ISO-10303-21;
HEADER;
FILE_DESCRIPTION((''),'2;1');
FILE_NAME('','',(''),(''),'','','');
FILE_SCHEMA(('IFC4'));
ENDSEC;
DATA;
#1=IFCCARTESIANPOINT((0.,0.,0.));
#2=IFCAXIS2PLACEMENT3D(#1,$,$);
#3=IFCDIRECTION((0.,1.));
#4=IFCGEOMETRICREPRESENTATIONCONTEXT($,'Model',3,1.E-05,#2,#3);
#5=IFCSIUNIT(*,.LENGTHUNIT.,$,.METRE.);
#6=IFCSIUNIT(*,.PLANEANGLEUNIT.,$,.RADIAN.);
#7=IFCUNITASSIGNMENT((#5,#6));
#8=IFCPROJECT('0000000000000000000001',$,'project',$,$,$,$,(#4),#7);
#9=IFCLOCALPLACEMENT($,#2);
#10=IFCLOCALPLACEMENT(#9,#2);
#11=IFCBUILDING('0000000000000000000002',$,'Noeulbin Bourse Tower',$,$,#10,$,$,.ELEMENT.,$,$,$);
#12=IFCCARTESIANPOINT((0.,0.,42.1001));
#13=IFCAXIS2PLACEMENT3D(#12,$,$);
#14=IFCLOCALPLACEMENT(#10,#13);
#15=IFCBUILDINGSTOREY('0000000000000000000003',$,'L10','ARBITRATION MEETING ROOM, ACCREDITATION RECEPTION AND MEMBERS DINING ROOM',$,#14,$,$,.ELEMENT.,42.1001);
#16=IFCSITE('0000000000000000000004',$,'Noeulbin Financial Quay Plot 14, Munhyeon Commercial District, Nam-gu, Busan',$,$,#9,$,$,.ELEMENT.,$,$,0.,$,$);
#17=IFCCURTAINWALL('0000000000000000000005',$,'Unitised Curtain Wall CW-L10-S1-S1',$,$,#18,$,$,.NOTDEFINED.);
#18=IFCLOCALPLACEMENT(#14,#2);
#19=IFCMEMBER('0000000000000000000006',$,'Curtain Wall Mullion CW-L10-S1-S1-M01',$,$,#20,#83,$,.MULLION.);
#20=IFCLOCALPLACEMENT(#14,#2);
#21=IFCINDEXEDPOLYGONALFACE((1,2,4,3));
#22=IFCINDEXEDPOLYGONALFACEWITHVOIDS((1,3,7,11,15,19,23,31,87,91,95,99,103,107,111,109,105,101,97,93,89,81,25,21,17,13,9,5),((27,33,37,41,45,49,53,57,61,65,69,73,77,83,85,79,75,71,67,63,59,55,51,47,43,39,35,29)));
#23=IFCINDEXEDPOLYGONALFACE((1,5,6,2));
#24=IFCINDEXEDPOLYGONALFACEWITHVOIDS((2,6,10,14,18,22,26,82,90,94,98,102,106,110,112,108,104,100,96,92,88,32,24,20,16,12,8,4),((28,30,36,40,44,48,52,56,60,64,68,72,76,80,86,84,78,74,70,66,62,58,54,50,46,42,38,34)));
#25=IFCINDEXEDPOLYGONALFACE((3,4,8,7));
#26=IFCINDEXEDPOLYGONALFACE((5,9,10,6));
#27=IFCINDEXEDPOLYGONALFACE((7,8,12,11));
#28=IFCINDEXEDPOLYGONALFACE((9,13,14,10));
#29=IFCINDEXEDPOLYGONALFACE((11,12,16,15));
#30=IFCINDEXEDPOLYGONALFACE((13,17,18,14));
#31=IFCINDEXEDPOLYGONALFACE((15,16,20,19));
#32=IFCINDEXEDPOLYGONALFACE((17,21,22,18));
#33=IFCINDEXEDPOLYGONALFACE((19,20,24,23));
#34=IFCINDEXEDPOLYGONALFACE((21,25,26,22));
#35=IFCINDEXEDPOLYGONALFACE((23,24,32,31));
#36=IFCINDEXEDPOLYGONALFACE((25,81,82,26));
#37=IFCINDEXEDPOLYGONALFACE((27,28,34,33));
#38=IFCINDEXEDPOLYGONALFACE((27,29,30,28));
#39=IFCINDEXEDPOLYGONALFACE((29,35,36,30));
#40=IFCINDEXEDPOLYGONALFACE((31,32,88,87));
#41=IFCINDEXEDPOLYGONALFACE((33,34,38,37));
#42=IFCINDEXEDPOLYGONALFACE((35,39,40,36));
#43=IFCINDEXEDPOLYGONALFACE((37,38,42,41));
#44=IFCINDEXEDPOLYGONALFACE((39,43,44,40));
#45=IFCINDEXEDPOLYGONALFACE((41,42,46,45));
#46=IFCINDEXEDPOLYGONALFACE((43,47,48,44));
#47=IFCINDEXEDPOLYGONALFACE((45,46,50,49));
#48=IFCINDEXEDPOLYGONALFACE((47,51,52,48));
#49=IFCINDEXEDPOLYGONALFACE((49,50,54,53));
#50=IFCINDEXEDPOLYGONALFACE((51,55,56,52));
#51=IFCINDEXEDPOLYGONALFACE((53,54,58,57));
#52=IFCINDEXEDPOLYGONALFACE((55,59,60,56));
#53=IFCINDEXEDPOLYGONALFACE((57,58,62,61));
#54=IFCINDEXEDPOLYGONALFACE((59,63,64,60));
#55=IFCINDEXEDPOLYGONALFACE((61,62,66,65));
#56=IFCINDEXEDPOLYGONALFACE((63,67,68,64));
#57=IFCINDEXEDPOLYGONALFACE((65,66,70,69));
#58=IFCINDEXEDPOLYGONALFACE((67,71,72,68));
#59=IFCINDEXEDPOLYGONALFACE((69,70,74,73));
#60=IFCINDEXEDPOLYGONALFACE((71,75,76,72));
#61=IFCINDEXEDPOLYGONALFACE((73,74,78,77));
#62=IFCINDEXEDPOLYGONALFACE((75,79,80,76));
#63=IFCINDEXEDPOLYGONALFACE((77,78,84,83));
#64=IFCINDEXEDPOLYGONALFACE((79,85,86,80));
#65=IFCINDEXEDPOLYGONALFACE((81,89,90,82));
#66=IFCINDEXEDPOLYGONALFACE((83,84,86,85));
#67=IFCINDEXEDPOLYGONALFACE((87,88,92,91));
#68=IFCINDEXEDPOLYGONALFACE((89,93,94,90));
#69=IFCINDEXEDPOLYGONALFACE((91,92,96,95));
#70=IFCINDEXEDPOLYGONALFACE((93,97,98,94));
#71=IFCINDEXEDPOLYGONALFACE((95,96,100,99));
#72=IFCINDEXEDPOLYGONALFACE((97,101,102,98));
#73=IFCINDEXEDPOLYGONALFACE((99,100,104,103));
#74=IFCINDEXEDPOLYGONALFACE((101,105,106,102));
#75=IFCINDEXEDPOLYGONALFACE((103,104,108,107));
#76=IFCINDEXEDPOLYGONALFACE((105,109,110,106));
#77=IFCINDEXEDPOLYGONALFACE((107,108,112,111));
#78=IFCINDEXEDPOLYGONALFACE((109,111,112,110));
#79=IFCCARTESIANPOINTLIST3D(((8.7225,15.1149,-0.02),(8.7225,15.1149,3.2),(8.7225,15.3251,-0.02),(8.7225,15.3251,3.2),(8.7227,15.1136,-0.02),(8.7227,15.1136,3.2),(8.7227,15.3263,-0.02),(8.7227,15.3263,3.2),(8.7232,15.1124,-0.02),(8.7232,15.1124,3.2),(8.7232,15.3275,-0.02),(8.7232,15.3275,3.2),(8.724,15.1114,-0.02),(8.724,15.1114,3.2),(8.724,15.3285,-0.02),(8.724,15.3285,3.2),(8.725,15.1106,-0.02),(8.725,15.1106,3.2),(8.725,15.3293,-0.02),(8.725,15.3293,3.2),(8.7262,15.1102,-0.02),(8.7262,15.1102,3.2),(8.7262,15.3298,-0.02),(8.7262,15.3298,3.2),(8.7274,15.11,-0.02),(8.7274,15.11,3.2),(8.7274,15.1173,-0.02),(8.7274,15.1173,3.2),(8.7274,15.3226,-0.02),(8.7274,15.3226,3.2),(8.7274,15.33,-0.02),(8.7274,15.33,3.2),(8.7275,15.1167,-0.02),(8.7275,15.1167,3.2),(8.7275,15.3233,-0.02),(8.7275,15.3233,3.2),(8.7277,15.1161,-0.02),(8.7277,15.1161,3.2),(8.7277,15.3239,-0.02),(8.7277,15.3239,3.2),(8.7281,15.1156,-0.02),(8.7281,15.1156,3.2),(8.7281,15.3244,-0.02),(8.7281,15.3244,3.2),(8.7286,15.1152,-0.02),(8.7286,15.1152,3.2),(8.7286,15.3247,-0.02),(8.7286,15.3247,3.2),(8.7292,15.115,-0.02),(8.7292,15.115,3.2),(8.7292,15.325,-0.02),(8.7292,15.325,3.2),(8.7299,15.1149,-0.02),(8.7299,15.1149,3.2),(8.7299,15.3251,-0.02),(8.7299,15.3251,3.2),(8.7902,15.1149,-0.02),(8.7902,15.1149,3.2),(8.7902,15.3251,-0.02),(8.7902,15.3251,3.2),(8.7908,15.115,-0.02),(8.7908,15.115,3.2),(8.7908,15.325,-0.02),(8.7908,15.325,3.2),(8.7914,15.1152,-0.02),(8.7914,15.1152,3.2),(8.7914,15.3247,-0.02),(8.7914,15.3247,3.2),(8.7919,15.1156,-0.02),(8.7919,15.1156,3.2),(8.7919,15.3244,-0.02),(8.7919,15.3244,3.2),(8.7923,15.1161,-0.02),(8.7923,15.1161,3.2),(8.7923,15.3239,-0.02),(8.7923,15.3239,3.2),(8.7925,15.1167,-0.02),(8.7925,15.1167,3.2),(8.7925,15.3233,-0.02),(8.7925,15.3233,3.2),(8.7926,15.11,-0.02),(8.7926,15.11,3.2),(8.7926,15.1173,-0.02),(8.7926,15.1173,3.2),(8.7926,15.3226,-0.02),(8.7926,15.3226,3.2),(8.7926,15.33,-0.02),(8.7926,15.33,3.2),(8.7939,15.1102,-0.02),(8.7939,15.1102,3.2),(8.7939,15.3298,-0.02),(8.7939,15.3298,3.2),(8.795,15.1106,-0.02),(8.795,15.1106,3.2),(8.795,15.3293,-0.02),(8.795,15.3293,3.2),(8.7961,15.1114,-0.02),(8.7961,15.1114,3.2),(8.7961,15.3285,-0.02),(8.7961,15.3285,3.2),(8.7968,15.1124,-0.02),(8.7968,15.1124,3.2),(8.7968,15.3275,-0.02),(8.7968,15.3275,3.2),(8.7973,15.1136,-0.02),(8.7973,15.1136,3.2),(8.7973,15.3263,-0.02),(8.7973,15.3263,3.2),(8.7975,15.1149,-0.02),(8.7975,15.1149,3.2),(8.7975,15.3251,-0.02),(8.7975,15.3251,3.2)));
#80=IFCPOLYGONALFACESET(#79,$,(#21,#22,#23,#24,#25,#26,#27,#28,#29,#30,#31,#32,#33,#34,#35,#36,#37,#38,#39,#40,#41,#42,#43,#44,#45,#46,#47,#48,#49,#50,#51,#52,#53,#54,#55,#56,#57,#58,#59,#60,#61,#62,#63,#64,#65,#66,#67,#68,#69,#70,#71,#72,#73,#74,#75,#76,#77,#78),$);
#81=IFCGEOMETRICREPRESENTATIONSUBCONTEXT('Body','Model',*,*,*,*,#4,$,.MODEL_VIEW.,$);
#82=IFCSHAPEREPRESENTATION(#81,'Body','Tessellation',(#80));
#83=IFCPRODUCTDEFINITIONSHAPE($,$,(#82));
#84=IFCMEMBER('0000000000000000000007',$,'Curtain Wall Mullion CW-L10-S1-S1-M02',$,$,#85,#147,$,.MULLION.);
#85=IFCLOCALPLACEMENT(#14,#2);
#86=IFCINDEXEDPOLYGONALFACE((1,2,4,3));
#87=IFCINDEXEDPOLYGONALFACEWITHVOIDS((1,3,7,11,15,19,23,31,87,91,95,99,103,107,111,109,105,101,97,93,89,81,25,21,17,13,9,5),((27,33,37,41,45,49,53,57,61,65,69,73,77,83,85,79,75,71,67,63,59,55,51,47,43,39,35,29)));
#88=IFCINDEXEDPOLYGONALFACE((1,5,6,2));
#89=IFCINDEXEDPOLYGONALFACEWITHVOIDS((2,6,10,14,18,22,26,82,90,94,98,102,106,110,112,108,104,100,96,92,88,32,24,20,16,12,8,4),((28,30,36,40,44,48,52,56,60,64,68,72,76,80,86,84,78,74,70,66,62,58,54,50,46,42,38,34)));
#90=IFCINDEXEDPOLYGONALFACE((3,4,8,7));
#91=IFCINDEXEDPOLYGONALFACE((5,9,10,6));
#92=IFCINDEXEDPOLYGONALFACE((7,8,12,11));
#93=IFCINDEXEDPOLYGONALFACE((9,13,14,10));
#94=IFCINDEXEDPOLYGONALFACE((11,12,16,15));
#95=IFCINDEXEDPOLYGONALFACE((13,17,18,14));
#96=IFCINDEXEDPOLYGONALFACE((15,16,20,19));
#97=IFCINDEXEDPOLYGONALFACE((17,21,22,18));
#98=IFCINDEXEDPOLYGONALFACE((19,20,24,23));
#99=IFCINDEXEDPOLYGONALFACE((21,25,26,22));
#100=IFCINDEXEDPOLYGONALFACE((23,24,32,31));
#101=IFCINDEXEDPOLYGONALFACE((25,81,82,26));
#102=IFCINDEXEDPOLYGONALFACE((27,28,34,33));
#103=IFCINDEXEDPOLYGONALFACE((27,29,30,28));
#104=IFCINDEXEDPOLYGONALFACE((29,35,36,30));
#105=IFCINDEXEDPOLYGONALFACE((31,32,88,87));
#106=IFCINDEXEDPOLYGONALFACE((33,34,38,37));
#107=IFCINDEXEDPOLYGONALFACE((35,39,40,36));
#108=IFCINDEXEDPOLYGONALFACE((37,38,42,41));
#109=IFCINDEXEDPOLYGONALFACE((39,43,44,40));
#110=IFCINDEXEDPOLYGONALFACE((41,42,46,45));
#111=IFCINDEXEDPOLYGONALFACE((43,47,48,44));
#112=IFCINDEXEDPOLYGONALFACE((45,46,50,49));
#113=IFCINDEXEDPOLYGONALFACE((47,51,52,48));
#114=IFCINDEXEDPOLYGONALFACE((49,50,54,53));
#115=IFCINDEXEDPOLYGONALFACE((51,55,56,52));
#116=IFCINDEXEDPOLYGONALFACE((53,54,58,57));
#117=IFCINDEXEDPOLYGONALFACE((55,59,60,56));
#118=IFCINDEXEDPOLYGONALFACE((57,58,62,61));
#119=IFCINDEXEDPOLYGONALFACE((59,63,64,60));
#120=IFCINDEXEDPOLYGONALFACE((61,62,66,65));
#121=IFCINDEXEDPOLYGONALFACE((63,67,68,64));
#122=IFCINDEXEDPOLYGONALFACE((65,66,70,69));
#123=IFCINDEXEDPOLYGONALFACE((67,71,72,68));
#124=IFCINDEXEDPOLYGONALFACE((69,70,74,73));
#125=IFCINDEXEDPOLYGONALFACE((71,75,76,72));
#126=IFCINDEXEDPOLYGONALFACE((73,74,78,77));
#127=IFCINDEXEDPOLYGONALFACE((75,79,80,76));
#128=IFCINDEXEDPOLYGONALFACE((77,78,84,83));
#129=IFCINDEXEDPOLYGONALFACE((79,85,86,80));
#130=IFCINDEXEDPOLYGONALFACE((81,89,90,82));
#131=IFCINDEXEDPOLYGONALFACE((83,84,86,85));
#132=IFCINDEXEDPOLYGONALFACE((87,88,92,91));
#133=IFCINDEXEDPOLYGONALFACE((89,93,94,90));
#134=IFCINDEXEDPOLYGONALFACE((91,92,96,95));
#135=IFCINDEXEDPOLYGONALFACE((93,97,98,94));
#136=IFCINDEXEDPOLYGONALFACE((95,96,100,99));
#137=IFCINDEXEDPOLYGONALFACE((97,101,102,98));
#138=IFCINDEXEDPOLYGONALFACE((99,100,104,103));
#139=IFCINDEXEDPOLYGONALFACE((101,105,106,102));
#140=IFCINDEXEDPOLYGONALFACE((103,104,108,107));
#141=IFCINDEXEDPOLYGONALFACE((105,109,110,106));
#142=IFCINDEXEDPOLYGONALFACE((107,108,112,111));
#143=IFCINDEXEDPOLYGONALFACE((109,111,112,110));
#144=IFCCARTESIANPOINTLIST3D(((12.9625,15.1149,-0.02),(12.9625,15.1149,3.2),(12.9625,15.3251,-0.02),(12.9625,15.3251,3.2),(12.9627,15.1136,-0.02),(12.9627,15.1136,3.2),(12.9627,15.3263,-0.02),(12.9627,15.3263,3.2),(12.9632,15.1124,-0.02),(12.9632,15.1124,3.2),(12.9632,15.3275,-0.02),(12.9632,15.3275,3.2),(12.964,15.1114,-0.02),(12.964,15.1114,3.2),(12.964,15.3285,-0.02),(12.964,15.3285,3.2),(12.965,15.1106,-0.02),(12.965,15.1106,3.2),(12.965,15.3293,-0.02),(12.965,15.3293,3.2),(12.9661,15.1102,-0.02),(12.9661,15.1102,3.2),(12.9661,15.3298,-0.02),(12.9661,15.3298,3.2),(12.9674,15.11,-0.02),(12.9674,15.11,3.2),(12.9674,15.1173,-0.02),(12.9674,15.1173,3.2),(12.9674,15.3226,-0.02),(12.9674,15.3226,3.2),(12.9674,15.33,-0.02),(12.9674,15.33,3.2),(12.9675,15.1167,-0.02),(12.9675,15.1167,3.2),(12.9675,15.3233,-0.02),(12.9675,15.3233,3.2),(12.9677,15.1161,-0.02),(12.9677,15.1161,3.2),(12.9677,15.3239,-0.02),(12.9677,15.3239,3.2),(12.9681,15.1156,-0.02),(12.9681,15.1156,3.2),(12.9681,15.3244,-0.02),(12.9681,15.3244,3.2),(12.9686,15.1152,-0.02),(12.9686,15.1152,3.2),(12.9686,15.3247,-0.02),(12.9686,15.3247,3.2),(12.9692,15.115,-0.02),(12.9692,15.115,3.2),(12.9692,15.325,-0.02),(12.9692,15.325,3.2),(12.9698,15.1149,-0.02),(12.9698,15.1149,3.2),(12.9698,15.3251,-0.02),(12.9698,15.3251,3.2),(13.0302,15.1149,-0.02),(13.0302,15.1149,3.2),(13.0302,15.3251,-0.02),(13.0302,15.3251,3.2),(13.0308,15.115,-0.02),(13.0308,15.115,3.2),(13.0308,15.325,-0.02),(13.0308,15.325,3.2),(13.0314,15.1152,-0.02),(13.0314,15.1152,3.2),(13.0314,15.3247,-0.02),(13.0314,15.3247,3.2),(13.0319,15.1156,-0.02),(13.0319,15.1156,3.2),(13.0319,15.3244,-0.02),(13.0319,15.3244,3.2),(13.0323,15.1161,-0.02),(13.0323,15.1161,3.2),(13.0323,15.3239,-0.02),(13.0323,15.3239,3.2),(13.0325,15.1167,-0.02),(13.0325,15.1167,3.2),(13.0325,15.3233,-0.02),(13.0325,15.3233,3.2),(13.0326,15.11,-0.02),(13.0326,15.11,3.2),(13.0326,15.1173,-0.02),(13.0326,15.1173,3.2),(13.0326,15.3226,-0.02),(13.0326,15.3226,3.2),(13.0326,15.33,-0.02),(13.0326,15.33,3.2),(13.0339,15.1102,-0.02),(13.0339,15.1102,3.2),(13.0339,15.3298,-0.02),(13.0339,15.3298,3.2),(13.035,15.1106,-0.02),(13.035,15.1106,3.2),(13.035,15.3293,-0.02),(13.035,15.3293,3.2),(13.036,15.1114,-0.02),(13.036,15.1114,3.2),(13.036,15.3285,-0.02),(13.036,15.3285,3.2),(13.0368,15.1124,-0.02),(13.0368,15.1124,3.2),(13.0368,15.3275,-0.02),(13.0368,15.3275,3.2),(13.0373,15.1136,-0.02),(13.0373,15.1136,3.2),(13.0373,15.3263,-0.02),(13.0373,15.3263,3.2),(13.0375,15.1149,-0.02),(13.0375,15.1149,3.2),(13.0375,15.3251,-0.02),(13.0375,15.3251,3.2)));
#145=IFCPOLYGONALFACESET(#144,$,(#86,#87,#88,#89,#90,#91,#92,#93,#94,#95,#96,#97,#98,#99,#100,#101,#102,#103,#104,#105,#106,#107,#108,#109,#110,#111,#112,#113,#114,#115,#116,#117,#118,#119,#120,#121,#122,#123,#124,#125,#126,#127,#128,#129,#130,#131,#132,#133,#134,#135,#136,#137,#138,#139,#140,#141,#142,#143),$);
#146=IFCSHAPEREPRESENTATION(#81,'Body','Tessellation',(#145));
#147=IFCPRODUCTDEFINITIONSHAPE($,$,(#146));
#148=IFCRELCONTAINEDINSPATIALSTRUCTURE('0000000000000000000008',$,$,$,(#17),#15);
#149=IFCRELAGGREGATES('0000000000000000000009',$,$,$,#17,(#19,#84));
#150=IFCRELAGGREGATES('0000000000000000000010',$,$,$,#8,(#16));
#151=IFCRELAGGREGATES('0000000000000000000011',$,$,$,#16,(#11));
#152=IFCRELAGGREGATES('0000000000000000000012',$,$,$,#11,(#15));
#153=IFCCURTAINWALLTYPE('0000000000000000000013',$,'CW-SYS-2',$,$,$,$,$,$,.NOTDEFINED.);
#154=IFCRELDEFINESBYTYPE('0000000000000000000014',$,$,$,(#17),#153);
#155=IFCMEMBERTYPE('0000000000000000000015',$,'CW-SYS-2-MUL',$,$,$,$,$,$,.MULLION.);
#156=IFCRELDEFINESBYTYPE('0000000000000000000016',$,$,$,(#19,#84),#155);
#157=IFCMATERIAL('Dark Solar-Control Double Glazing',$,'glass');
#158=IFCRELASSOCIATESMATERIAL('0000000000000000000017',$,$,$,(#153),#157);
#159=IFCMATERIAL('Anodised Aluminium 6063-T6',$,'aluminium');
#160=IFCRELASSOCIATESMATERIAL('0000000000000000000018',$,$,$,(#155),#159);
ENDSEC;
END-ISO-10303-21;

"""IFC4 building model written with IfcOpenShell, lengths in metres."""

from ifc_helpers import new_model, si_unit, direction, frame, origin, origin_2d, place, context, subcontext, project, spatial, hollow_rectangle, extrude, material, material_profile, profile_set, type_object, element, aggregate, save


model = new_model("IFC4")

# Units and contexts
model_context = context("Model", 3, precision=1e-05, world=origin(), true_north=direction((0.0, 1.0)))
body_context = subcontext(model_context, "Body", "Model", "MODEL_VIEW")
ifc_project = project(units=[si_unit("LENGTHUNIT", "METRE"), si_unit("PLANEANGLEUNIT", "RADIAN")], contexts=[model_context])

# Site, building, storey
site_placement = place(None, origin())
site = spatial("IfcSite", under=ifc_project, at=site_placement, Name="Noeulbin Financial Quay Plot 14, Munhyeon Commercial District, Nam-gu, Busan", CompositionType="ELEMENT", RefElevation=0.0)
building_placement = place(site_placement, origin())
building = spatial("IfcBuilding", under=site, at=building_placement, Name="Noeulbin Bourse Tower", CompositionType="ELEMENT")
storey_placement = place(building_placement, frame((0.0, 0.0, 42.1001)))
storey = spatial("IfcBuildingStorey", under=building, at=storey_placement, Name="L10", Description="ARBITRATION MEETING ROOM, ACCREDITATION RECEPTION AND MEMBERS DINING ROOM", CompositionType="ELEMENT", Elevation=42.1001)

# Curtain wall, members
ifc_material_1 = material(Name="Dark Solar-Control Double Glazing", Category="glass")
curtain_wall_type = type_object("IfcCurtainWallType", Name="CW-SYS-2", PredefinedType="NOTDEFINED", material=ifc_material_1)
curtain_wall_1_placement = place(storey_placement, origin())
curtain_wall_1 = element("IfcCurtainWall", 1, at=curtain_wall_1_placement, inside=storey, type_object=curtain_wall_type, Name="Unitised Curtain Wall CW-L10-S1-S1", PredefinedType="NOTDEFINED")
ifc_material_2 = material(Name="Anodised Aluminium 6063-T6", Category="aluminium")
ifc_material_profile_1 = material_profile(ifc_material_2, hollow_rectangle(XDim=0.075, YDim=0.22, WallThickness=0.0049, InnerFilletRadius=0.0024, OuterFilletRadius=0.0049, at=origin_2d()), Name="ALU-MULL-75x220x5", Category="LoadBearing")
ifc_profile_set_1 = profile_set([ifc_material_profile_1], Name="Anodised Aluminium 6063-T6")
member_type_1 = type_object("IfcMemberType", Name="CW-SYS-2-MUL", PredefinedType="MULLION", material=ifc_profile_set_1)
member_1_placement = place(storey_placement, frame((8.76, 15.22, -0.02), z_axis=(0.0, 0.0, 1.0), x_axis=(1.0, 0.0, 0.0)))
member_1 = element("IfcMember", 2, at=member_1_placement, type_object=member_type_1, Name="Curtain Wall Mullion CW-L10-S1-S1-M01", PredefinedType="MULLION", context=body_context, shape_type="SweptSolid", body=[
    extrude(hollow_rectangle(XDim=0.075, YDim=0.22, WallThickness=0.0049, InnerFilletRadius=0.0024, OuterFilletRadius=0.0049, at=origin_2d()), origin(), (0.0, 0.0, 1.0), 3.22),
])
member_2_placement = place(storey_placement, frame((13.0, 15.22, -0.02), z_axis=(0.0, 0.0, 1.0), x_axis=(1.0, 0.0, 0.0)))
member_2 = element("IfcMember", 3, at=member_2_placement, type_object=member_type_1, Name="Curtain Wall Mullion CW-L10-S1-S1-M02", PredefinedType="MULLION", context=body_context, shape_type="SweptSolid", body=[
    extrude(hollow_rectangle(XDim=0.075, YDim=0.22, WallThickness=0.0049, InnerFilletRadius=0.0024, OuterFilletRadius=0.0049, at=origin_2d()), origin(), (0.0, 0.0, 1.0), 3.22),
])

aggregate(curtain_wall_1, [member_1, member_2])

save(model, "model.ifc")
